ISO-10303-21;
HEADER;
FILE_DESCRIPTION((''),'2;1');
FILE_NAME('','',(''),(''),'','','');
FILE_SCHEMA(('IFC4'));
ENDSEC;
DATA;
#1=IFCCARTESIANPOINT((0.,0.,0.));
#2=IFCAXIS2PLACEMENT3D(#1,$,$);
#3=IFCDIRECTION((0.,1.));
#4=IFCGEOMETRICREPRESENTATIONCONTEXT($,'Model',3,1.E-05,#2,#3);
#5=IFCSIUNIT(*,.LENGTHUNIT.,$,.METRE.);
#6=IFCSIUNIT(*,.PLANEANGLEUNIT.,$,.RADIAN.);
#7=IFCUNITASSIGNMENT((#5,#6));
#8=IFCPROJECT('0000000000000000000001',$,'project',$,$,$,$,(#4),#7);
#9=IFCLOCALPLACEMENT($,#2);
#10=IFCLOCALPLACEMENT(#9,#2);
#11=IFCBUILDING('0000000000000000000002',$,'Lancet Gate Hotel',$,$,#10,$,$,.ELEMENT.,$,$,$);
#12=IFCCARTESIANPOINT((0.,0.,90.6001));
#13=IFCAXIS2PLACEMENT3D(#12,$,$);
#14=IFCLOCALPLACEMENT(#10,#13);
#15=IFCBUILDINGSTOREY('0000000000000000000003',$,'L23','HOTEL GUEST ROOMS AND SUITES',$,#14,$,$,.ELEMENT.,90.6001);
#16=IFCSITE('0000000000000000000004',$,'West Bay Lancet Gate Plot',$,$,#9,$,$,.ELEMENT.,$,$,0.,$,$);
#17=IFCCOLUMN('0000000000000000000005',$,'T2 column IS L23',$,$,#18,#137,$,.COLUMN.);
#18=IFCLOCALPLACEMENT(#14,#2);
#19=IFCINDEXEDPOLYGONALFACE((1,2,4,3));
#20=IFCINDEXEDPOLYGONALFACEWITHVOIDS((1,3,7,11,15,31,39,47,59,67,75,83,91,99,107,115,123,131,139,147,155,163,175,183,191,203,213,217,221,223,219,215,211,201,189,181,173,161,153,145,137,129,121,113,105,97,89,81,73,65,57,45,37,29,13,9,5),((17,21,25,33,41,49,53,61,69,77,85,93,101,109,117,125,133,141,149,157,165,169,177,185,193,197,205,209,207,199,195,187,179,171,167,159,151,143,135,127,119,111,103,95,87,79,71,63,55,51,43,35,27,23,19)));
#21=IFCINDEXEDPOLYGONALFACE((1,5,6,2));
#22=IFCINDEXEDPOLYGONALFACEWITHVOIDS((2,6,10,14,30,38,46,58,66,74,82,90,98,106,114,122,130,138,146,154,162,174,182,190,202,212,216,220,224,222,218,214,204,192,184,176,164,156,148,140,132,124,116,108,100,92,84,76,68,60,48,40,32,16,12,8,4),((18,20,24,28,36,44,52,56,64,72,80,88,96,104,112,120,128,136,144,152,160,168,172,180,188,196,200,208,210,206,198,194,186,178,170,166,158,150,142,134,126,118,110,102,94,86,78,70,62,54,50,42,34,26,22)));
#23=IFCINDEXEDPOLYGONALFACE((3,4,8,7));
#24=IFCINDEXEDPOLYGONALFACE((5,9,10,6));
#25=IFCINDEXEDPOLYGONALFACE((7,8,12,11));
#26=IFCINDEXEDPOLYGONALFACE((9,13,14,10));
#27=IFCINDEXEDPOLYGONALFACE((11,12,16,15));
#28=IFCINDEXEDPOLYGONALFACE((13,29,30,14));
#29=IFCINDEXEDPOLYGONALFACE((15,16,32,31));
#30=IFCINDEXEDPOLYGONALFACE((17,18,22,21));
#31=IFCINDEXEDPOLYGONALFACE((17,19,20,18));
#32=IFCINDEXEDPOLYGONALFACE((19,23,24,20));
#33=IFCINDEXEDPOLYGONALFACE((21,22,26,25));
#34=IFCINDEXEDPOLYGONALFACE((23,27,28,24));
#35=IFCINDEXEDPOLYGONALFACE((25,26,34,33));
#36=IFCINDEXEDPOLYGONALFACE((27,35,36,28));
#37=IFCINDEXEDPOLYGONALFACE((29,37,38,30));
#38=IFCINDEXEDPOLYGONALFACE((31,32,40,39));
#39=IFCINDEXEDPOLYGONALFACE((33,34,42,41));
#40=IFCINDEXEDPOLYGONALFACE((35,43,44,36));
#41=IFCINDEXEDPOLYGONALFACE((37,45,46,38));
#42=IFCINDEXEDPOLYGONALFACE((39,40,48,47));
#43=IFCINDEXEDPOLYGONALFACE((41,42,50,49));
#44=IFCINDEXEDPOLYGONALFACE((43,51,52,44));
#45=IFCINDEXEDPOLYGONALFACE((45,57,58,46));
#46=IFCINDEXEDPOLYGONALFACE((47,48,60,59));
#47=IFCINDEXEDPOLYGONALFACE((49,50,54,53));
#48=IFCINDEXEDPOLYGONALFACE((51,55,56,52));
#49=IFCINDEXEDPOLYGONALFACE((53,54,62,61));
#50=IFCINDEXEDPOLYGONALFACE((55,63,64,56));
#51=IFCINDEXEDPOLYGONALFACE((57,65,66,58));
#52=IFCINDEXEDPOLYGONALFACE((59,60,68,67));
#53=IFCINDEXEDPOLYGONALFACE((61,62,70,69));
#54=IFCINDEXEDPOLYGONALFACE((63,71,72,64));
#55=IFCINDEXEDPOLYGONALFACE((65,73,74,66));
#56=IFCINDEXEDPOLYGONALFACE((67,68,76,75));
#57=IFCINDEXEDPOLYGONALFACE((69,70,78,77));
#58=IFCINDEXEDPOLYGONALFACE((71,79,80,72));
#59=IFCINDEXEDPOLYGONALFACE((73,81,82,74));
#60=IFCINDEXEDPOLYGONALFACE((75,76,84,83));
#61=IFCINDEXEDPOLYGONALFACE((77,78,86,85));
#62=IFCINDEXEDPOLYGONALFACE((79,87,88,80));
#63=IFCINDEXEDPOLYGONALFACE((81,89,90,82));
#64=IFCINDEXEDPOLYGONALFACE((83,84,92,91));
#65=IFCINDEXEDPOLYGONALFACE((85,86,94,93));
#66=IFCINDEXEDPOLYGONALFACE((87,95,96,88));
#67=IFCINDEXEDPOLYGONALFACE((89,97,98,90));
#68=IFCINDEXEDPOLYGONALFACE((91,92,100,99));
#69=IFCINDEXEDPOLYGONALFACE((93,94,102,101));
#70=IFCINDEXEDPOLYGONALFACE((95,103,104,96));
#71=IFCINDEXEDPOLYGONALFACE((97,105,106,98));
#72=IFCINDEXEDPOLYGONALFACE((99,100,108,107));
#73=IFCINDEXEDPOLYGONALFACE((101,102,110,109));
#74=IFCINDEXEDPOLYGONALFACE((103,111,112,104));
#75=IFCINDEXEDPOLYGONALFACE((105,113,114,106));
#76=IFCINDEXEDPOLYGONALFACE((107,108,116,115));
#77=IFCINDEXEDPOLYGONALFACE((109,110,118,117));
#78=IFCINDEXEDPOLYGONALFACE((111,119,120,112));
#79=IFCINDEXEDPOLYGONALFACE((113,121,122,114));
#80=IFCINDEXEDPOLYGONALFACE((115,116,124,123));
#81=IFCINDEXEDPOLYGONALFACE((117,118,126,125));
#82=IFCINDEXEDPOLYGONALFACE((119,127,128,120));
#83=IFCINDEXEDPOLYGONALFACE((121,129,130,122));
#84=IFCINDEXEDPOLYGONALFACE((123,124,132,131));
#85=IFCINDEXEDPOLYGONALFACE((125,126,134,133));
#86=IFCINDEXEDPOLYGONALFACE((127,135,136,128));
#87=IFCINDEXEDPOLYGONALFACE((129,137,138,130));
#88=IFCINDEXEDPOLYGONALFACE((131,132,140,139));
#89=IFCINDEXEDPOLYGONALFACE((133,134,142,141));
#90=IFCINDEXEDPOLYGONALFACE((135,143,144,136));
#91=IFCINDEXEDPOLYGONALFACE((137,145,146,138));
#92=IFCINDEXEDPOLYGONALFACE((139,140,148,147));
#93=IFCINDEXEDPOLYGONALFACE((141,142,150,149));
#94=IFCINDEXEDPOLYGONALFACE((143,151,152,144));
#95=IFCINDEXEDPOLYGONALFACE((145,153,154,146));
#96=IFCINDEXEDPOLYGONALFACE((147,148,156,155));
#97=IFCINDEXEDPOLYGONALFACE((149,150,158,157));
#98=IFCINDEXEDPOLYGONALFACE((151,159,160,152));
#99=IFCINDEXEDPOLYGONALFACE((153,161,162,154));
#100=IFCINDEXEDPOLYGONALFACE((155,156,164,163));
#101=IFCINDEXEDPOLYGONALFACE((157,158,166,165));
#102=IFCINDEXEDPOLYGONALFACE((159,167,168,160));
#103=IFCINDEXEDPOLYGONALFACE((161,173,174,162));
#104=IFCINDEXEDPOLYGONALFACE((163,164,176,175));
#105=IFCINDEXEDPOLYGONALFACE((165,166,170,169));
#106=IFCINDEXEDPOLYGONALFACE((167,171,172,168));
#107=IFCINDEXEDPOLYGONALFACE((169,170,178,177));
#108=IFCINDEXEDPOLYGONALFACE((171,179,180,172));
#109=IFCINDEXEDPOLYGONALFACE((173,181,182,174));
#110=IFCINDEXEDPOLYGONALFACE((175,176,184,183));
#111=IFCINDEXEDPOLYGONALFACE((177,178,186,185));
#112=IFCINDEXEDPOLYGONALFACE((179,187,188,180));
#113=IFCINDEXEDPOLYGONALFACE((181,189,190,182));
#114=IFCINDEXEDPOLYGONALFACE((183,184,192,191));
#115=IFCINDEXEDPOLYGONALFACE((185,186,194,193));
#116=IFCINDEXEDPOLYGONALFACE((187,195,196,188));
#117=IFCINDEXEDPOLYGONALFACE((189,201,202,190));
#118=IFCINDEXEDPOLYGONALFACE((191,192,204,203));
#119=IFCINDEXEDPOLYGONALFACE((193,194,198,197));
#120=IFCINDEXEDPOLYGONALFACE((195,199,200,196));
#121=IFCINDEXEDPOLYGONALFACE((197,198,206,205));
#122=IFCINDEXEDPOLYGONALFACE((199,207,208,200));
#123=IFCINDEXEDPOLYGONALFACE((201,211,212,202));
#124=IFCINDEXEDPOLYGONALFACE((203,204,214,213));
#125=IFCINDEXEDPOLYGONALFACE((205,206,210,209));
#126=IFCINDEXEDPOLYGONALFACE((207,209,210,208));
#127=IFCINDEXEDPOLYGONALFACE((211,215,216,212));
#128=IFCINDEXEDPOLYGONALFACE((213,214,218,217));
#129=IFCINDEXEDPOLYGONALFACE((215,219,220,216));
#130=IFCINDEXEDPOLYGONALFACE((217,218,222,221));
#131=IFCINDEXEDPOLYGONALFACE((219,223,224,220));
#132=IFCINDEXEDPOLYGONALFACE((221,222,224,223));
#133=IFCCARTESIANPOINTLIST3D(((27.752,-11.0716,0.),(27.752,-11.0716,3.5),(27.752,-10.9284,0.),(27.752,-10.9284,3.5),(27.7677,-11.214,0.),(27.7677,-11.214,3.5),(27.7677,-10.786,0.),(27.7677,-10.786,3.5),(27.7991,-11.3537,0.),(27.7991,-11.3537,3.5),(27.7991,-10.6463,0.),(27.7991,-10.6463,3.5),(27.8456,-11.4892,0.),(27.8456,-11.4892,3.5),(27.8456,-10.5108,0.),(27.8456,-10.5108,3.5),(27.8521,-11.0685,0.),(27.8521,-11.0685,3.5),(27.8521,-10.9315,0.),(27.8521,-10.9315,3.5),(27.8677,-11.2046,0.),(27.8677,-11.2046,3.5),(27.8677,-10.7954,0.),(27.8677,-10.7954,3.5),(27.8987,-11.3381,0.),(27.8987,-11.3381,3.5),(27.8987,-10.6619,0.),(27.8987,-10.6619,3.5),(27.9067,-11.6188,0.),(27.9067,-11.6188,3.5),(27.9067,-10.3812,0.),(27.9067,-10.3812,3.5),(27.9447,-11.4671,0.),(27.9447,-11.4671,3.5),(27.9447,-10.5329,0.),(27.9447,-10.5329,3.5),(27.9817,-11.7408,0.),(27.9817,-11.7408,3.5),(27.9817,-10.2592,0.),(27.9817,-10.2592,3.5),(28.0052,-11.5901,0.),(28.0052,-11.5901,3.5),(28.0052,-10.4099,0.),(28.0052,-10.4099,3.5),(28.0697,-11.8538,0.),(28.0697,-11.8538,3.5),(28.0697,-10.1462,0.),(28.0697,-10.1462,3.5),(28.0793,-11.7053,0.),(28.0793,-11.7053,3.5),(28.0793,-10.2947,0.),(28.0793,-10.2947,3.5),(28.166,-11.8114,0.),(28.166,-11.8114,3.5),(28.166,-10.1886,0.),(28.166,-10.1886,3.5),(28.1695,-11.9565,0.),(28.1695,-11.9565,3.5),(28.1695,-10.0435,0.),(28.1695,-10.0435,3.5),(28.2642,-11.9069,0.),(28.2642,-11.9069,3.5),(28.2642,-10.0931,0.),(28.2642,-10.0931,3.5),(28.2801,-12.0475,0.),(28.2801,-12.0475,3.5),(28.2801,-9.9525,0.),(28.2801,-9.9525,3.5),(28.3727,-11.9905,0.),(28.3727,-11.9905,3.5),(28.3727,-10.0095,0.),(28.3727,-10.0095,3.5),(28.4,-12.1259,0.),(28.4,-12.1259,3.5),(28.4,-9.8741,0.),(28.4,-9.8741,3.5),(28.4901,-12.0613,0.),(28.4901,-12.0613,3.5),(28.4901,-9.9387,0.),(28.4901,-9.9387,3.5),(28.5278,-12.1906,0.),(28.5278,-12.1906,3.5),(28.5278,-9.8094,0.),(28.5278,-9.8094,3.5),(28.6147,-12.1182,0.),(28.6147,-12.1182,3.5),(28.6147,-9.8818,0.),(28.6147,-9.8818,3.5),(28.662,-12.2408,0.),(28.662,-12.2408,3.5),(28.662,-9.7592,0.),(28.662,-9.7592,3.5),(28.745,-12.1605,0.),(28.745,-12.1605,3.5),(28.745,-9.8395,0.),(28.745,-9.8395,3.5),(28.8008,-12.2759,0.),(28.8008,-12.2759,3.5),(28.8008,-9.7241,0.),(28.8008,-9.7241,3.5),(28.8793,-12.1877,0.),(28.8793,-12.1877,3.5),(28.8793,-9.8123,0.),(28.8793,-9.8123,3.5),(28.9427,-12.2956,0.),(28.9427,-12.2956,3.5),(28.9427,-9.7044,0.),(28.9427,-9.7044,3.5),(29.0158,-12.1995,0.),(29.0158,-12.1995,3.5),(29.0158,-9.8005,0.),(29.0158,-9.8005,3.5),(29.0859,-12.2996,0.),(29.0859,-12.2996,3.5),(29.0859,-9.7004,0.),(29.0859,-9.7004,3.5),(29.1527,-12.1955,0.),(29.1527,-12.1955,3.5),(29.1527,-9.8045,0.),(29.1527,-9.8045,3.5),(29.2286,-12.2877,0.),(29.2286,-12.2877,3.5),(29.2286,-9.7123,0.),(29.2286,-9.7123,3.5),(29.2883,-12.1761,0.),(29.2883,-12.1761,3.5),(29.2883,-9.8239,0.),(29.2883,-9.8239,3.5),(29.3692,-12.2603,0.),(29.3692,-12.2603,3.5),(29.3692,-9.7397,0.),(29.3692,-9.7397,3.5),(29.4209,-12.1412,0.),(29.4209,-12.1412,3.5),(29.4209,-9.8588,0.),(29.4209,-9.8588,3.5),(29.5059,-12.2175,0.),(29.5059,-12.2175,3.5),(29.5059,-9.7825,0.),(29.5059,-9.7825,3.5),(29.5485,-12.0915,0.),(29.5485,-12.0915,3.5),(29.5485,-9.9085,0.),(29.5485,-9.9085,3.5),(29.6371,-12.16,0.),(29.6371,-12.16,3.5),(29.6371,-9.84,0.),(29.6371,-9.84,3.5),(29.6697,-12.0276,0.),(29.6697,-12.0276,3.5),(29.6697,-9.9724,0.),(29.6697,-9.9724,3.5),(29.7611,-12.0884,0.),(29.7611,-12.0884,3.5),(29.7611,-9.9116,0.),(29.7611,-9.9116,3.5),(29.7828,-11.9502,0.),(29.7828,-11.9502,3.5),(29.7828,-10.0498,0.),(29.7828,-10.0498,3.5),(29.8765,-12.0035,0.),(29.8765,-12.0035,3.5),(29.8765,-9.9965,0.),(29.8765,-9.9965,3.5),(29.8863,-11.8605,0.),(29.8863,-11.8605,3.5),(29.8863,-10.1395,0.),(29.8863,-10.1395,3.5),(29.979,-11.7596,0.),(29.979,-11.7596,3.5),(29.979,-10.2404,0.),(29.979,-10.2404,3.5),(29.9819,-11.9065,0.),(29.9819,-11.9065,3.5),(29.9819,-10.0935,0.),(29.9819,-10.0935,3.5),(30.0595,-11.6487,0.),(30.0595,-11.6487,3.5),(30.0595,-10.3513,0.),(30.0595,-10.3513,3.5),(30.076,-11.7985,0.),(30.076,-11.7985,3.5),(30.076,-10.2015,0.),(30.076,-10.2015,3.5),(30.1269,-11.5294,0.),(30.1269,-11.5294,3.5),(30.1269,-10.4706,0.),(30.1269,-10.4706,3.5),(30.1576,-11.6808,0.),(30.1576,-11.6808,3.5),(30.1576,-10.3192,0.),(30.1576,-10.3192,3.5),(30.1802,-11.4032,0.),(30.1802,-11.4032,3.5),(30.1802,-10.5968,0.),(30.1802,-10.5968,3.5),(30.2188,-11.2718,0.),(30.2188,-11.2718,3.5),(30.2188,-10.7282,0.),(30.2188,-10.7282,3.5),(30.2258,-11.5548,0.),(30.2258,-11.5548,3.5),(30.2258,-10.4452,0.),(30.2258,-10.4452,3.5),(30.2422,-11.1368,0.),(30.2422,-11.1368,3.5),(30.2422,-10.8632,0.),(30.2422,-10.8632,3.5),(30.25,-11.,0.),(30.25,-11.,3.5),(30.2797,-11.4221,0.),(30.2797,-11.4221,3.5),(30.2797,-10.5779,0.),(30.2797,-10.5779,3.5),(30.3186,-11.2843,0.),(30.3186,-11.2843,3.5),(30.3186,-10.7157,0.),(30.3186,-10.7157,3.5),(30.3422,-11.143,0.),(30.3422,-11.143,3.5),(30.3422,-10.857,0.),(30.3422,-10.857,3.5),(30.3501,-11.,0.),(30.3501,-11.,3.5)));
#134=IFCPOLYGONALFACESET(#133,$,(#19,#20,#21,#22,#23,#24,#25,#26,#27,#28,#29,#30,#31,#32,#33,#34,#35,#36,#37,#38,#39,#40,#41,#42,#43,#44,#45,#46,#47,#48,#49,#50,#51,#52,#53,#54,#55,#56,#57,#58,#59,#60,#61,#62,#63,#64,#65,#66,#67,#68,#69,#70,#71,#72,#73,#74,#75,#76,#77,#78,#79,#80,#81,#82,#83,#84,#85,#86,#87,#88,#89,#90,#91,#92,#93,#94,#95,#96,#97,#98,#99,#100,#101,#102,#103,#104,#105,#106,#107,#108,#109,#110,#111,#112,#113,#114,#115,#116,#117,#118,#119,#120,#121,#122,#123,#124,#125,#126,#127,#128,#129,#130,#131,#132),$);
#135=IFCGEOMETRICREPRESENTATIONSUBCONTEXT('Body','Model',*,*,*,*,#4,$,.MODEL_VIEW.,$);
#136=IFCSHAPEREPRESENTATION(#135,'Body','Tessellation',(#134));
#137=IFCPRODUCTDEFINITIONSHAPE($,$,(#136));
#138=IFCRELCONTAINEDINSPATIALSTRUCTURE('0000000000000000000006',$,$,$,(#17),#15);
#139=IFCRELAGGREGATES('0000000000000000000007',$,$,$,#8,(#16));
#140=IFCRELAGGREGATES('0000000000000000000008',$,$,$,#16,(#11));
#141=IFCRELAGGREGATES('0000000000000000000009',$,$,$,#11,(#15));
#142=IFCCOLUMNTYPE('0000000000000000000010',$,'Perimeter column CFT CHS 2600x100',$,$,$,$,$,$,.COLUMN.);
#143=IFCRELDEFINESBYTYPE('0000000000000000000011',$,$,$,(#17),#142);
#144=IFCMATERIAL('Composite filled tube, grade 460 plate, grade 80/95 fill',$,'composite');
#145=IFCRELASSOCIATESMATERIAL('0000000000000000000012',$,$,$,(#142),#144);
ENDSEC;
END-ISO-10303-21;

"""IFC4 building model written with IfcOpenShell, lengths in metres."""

from ifc_helpers import new_model, si_unit, direction, frame, origin, origin_2d, place, context, subcontext, project, spatial, hollow_circle, extrude, material, material_profile, profile_set, type_object, element, save


model = new_model("IFC4")

# Units and contexts
model_context = context("Model", 3, precision=1e-05, world=origin(), true_north=direction((0.0, 1.0)))
body_context = subcontext(model_context, "Body", "Model", "MODEL_VIEW")
ifc_project = project(units=[si_unit("LENGTHUNIT", "METRE"), si_unit("PLANEANGLEUNIT", "RADIAN")], contexts=[model_context])

# Site, building, storey
site_placement = place(None, origin())
site = spatial("IfcSite", under=ifc_project, at=site_placement, Name="West Bay Lancet Gate Plot", CompositionType="ELEMENT", RefElevation=0.0)
building_placement = place(site_placement, origin())
building = spatial("IfcBuilding", under=site, at=building_placement, Name="Lancet Gate Hotel", CompositionType="ELEMENT")
storey_placement = place(building_placement, frame((0.0, 0.0, 90.6001)))
storey = spatial("IfcBuildingStorey", under=building, at=storey_placement, Name="L23", Description="HOTEL GUEST ROOMS AND SUITES", CompositionType="ELEMENT", Elevation=90.6001)

# Column
ifc_material_1 = material(Name="Composite filled tube, grade 460 plate, grade 80/95 fill", Category="composite")
ifc_material_profile_1 = material_profile(ifc_material_1, hollow_circle(Radius=1.3, WallThickness=0.1001, at=origin_2d()), Name="CHS 2600x100")
ifc_profile_set_1 = profile_set([ifc_material_profile_1], Name="Composite filled tube, grade 460 plate, grade 80/95 fill")
column_type = type_object("IfcColumnType", Name="Perimeter column CFT CHS 2600x100", PredefinedType="COLUMN", material=ifc_profile_set_1)
for number, where, z_axis, x_axis, name in (
    (1, (29.05, -11.0, 0.0), (0.0, 0.0, 1.0), (1.0, 0.0, 0.0), "T2 column IS L23"),
):
    element("IfcColumn", number, at=place(storey_placement, frame(where, z_axis=z_axis, x_axis=x_axis)), inside=storey, type_object=column_type, Name=name, PredefinedType="COLUMN", context=body_context, shape_type="SweptSolid", body=[
        extrude(hollow_circle(Radius=1.3, WallThickness=0.1001, at=origin_2d()), origin(), (0.0, 0.0, 1.0), 3.5),
    ])

save(model, "model.ifc")
